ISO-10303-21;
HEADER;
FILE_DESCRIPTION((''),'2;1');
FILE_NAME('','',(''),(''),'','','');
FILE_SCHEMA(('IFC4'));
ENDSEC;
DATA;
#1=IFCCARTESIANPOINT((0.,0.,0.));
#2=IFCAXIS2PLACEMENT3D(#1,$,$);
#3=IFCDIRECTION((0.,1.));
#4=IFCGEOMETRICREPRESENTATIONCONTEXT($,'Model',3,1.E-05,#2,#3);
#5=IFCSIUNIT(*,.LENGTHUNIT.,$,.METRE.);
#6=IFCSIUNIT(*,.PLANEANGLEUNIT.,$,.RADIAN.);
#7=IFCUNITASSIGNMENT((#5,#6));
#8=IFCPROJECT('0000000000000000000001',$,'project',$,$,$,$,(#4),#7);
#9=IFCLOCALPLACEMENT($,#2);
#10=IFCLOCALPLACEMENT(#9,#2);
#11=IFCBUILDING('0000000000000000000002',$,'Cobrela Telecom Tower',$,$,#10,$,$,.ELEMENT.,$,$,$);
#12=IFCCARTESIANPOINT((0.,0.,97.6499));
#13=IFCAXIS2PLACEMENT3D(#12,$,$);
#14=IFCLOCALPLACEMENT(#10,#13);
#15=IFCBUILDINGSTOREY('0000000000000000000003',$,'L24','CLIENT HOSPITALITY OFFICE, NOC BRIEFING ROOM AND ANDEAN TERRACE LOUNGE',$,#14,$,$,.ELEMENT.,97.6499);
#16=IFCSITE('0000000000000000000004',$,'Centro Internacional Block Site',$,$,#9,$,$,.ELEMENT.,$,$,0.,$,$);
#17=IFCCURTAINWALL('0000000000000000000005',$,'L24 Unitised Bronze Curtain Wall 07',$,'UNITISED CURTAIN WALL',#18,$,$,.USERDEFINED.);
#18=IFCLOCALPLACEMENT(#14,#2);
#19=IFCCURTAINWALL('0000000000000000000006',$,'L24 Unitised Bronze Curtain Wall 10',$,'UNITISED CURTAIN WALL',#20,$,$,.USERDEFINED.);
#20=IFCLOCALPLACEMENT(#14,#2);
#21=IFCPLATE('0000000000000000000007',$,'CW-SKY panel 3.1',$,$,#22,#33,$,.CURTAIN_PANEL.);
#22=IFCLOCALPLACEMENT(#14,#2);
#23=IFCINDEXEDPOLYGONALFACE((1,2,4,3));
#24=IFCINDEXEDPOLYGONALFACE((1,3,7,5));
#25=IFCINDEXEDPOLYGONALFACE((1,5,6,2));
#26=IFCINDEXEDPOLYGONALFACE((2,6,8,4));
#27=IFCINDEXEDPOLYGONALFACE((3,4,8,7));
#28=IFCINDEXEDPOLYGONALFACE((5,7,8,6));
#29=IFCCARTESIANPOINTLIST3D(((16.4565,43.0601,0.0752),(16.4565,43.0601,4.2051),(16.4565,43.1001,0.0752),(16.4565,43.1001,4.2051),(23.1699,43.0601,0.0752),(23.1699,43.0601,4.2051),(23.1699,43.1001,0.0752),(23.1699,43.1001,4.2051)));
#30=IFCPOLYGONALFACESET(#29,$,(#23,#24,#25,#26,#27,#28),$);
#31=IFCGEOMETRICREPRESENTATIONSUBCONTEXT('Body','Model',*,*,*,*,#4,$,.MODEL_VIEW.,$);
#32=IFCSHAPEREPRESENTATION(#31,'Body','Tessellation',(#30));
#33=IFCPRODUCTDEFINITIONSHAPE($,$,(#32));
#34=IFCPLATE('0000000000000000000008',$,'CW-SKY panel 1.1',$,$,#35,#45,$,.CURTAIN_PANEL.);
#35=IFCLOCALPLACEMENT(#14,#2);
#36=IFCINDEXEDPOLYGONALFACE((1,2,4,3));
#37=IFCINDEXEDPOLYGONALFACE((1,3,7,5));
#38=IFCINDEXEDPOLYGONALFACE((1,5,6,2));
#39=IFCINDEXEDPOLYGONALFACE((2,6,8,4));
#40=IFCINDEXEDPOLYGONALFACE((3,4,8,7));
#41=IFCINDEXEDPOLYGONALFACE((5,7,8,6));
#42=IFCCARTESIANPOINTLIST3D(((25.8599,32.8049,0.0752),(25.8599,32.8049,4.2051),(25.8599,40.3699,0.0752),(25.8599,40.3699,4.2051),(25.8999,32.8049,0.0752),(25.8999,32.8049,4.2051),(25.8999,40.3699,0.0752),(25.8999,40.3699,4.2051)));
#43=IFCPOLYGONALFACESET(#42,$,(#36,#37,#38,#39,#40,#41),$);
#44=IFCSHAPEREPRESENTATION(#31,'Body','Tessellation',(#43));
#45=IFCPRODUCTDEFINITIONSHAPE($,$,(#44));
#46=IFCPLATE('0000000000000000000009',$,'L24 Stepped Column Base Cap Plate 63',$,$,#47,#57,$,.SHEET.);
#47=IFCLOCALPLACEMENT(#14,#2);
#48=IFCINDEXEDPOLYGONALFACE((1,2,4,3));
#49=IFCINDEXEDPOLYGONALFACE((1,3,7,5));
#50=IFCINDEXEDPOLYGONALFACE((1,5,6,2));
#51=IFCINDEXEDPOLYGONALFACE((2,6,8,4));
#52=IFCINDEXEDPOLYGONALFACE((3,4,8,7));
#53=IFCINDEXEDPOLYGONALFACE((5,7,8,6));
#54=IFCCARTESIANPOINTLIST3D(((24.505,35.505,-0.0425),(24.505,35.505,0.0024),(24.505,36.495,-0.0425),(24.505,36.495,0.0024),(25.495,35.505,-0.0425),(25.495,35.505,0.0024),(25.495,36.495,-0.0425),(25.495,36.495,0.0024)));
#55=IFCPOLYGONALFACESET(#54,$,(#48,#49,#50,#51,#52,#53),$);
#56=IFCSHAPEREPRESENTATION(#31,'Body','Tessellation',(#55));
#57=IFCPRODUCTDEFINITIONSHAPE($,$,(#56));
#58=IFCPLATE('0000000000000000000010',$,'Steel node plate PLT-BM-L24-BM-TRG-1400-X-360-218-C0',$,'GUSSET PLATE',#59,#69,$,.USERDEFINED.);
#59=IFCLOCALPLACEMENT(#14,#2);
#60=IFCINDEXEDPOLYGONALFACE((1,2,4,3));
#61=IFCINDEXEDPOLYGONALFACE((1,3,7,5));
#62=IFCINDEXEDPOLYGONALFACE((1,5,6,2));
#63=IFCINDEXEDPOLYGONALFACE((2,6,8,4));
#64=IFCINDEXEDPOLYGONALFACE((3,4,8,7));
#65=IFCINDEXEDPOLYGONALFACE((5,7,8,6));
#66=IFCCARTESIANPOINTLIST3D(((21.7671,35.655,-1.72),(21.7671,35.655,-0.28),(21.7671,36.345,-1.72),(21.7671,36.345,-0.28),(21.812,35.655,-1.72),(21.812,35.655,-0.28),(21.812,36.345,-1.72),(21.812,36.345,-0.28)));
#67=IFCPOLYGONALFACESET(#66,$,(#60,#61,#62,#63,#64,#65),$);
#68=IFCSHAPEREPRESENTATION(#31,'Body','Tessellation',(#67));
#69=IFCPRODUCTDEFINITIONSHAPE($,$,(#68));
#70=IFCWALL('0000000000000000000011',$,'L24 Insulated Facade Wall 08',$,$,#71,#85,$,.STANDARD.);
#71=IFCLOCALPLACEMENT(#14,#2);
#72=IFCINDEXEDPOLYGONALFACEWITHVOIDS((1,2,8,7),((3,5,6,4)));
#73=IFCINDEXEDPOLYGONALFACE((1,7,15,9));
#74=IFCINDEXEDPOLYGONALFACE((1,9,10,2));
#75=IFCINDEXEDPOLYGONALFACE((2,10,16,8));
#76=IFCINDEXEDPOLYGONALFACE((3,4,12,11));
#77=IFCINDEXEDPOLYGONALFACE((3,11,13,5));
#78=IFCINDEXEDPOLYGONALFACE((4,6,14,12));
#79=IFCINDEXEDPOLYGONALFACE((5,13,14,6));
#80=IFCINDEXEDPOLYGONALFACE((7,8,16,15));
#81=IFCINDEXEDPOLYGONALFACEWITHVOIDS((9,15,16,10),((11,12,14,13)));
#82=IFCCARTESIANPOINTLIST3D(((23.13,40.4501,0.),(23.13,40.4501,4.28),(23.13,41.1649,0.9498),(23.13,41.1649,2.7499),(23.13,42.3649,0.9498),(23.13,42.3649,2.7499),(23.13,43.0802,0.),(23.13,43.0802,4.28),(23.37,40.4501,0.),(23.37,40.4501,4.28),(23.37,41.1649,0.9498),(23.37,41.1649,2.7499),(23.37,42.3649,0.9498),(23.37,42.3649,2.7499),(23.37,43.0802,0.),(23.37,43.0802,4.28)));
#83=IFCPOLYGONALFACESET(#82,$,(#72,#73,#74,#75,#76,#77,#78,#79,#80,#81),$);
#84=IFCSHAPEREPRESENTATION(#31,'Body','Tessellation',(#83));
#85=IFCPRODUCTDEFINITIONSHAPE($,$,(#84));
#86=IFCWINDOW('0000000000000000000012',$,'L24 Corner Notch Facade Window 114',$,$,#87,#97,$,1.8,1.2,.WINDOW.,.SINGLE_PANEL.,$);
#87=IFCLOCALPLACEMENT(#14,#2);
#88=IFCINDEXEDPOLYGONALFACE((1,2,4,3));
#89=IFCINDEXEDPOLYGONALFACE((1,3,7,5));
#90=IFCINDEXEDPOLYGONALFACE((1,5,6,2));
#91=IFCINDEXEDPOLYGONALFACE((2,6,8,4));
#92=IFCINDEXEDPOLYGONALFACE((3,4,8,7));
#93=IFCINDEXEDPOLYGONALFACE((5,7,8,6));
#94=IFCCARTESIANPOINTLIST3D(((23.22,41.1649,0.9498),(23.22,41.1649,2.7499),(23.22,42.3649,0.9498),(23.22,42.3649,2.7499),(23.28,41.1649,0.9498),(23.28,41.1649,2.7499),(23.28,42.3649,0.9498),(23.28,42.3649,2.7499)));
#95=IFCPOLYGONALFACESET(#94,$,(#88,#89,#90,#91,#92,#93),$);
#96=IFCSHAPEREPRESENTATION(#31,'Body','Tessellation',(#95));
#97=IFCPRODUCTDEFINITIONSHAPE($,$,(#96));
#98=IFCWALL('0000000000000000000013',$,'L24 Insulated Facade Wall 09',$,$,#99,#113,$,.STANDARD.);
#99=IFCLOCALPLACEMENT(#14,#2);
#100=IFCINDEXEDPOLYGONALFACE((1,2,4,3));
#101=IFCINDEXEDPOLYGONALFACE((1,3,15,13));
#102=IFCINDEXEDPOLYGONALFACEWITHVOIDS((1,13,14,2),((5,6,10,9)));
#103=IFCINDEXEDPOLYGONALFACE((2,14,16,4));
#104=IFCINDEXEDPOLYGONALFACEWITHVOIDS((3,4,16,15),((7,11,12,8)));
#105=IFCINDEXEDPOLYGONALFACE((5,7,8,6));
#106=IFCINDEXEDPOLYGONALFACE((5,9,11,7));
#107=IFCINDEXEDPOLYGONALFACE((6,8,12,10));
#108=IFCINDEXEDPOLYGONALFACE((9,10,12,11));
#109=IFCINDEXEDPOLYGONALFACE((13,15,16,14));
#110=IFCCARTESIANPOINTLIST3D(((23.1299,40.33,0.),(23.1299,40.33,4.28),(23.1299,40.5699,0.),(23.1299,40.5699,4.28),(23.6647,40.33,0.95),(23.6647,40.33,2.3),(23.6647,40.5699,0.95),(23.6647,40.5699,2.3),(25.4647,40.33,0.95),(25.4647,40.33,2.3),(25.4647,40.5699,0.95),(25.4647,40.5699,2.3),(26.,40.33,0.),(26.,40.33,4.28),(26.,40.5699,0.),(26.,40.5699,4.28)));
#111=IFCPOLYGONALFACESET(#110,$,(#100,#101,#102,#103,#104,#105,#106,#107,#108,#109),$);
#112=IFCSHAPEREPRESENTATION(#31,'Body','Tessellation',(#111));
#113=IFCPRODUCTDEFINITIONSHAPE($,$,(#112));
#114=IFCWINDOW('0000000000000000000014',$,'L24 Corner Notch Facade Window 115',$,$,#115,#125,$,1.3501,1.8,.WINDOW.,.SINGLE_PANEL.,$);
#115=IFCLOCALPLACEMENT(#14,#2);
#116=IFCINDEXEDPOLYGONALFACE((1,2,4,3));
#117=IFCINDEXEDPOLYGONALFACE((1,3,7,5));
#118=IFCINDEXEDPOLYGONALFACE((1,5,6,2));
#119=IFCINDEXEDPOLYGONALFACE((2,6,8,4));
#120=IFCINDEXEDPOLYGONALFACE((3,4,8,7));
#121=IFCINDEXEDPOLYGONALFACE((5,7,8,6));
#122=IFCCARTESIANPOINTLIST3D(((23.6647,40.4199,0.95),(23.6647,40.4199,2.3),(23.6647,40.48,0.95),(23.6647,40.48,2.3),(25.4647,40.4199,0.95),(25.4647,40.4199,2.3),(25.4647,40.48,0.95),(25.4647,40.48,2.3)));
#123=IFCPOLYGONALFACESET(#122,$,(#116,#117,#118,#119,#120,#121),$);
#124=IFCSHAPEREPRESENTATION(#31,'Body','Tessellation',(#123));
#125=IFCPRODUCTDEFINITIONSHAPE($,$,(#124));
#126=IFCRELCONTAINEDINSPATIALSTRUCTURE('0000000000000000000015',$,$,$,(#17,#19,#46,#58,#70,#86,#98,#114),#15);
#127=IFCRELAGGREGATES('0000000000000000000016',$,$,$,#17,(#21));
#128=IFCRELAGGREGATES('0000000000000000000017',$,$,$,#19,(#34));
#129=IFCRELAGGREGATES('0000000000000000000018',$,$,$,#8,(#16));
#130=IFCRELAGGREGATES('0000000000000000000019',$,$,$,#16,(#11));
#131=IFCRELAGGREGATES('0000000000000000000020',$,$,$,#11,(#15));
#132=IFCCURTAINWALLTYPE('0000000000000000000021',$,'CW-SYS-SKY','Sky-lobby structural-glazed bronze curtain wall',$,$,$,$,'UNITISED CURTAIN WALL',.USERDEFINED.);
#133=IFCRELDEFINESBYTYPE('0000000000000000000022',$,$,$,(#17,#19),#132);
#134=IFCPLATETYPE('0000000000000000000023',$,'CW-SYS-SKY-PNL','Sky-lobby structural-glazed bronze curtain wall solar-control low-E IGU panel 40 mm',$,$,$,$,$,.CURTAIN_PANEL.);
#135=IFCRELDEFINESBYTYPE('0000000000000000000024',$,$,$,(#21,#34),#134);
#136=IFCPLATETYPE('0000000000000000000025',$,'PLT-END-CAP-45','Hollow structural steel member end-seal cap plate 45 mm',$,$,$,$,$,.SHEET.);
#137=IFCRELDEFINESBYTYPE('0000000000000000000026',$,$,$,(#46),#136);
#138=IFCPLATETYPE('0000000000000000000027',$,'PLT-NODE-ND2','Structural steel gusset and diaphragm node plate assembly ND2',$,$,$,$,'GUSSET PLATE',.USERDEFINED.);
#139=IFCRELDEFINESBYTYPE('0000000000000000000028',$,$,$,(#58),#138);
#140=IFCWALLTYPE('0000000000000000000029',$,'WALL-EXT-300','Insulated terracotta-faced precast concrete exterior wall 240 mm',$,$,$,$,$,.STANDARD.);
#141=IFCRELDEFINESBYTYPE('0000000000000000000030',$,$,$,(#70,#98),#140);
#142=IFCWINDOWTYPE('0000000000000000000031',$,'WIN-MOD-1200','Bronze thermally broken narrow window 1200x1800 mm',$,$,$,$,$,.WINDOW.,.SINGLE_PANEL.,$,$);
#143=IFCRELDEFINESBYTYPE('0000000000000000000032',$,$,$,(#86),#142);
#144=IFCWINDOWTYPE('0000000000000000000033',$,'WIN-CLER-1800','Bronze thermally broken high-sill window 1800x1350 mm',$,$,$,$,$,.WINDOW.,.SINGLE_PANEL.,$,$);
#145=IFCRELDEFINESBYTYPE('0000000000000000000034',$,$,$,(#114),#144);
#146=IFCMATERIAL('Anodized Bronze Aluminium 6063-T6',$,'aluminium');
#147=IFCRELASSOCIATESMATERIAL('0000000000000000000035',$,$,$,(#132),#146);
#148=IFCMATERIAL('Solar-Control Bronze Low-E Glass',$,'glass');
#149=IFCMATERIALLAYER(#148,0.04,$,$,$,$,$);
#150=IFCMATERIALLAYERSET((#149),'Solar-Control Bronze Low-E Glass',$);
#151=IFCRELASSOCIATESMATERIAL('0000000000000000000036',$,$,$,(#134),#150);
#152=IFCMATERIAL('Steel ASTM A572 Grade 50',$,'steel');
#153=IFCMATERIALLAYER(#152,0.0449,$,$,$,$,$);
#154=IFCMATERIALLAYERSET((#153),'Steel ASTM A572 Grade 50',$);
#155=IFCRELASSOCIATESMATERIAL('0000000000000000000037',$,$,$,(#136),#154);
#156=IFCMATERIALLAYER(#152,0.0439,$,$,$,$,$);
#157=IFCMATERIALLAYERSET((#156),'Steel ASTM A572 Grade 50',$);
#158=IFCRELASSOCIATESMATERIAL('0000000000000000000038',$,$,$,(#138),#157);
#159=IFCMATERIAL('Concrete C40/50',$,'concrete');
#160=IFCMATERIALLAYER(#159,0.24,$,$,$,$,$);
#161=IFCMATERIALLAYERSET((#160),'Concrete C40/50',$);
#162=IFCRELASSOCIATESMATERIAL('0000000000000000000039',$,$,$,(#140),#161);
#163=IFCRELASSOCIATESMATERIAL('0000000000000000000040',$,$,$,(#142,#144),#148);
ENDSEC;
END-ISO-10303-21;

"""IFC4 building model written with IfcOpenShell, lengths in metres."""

from ifc_helpers import new_model, si_unit, direction, frame, frame_2d, origin, origin_2d, place, context, subcontext, project, spatial, rectangle, extrude, material, layer, layer_set, type_object, element, fill, aggregate, save


model = new_model("IFC4")

# Units and contexts
model_context = context("Model", 3, precision=1e-05, world=origin(), true_north=direction((0.0, 1.0)))
body_context = subcontext(model_context, "Body", "Model", "MODEL_VIEW")
ifc_project = project(units=[si_unit("LENGTHUNIT", "METRE"), si_unit("PLANEANGLEUNIT", "RADIAN")], contexts=[model_context])

# Site, building, storey
site_placement = place(None, origin())
site = spatial("IfcSite", under=ifc_project, at=site_placement, Name="Centro Internacional Block Site", CompositionType="ELEMENT", RefElevation=0.0)
building_placement = place(site_placement, origin())
building = spatial("IfcBuilding", under=site, at=building_placement, Name="Cobrela Telecom Tower", CompositionType="ELEMENT")
storey_placement = place(building_placement, frame((0.0, 0.0, 97.6499)))
storey = spatial("IfcBuildingStorey", under=building, at=storey_placement, Name="L24", Description="CLIENT HOSPITALITY OFFICE, NOC BRIEFING ROOM AND ANDEAN TERRACE LOUNGE", CompositionType="ELEMENT", Elevation=97.6499)

# Shared definitions
ifc_material_1 = material(Name="Steel ASTM A572 Grade 50", Category="steel")

# Curtain wall
ifc_material_2 = material(Name="Anodized Bronze Aluminium 6063-T6", Category="aluminium")
curtain_wall_type = type_object("IfcCurtainWallType", Name="CW-SYS-SKY", Description="Sky-lobby structural-glazed bronze curtain wall", ElementType="UNITISED CURTAIN WALL", PredefinedType="USERDEFINED", material=ifc_material_2)
curtain_wall_1_placement = place(storey_placement, origin())
curtain_wall_1 = element("IfcCurtainWall", 1, at=curtain_wall_1_placement, inside=storey, type_object=curtain_wall_type, Name="L24 Unitised Bronze Curtain Wall 07", ObjectType="UNITISED CURTAIN WALL", PredefinedType="USERDEFINED")

# Curtain wall
curtain_wall_2_placement = place(storey_placement, origin())
curtain_wall_2 = element("IfcCurtainWall", 2, at=curtain_wall_2_placement, inside=storey, type_object=curtain_wall_type, Name="L24 Unitised Bronze Curtain Wall 10", ObjectType="UNITISED CURTAIN WALL", PredefinedType="USERDEFINED")

# Plates
ifc_material_3 = material(Name="Solar-Control Bronze Low-E Glass", Category="glass")
ifc_layer_1 = layer(ifc_material_3, 0.04)
ifc_layer_set_1 = layer_set([ifc_layer_1], Name="Solar-Control Bronze Low-E Glass")
plate_type_1 = type_object("IfcPlateType", Name="CW-SYS-SKY-PNL", Description="Sky-lobby structural-glazed bronze curtain wall solar-control low-E IGU panel 40 mm", PredefinedType="CURTAIN_PANEL", material=ifc_layer_set_1)
plate_1_placement = place(storey_placement, frame((19.8132, 43.0801, 0.0752), z_axis=(0.0, 0.0, 1.0), x_axis=(1.0, 0.0, 0.0)))
plate_1 = element("IfcPlate", 3, at=plate_1_placement, type_object=plate_type_1, Name="CW-SKY panel 3.1", PredefinedType="CURTAIN_PANEL", context=body_context, shape_type="SweptSolid", body=[
    extrude(rectangle(XDim=6.7134, YDim=0.04, at=origin_2d()), origin(), (0.0, 0.0, 1.0), 4.1299),
])
aggregate(curtain_wall_1, [plate_1])
plate_2_placement = place(storey_placement, frame((25.8799, 36.5874, 0.0752), z_axis=(0.0, 0.0, 1.0), x_axis=(0.0, -1.0, 0.0)))
plate_2 = element("IfcPlate", 4, at=plate_2_placement, type_object=plate_type_1, Name="CW-SKY panel 1.1", PredefinedType="CURTAIN_PANEL", context=body_context, shape_type="SweptSolid", body=[
    extrude(rectangle(XDim=7.5649, YDim=0.04, at=origin_2d()), origin(), (0.0, 0.0, 1.0), 4.1299),
])
aggregate(curtain_wall_2, [plate_2])

# Plates
ifc_layer_2 = layer(ifc_material_1, 0.0449)
ifc_layer_set_2 = layer_set([ifc_layer_2], Name="Steel ASTM A572 Grade 50")
plate_type_2 = type_object("IfcPlateType", Name="PLT-END-CAP-45", Description="Hollow structural steel member end-seal cap plate 45 mm", PredefinedType="SHEET", material=ifc_layer_set_2)
plate_3_placement = place(storey_placement, frame((25.0, 36.0, -0.0425), z_axis=(0.0, 0.0, 1.0), x_axis=(1.0, 0.0, 0.0)))
element("IfcPlate", 5, at=plate_3_placement, inside=storey, type_object=plate_type_2, Name="L24 Stepped Column Base Cap Plate 63", PredefinedType="SHEET", context=body_context, shape_type="SweptSolid", body=[
    extrude(rectangle(XDim=0.99, YDim=0.99, at=origin_2d()), origin(), (0.0, 0.0, 1.0), 0.0449),
])
ifc_layer_3 = layer(ifc_material_1, 0.0439)
ifc_layer_set_3 = layer_set([ifc_layer_3], Name="Steel ASTM A572 Grade 50")
plate_type_3 = type_object("IfcPlateType", Name="PLT-NODE-ND2", Description="Structural steel gusset and diaphragm node plate assembly ND2", ElementType="GUSSET PLATE", PredefinedType="USERDEFINED", material=ifc_layer_set_3)
plate_4_placement = place(storey_placement, frame((21.7896, 36.0, -1.72), z_axis=(0.0, 0.0, 1.0), x_axis=(1.0, 0.0, 0.0)))
element("IfcPlate", 6, at=plate_4_placement, inside=storey, type_object=plate_type_3, Name="Steel node plate PLT-BM-L24-BM-TRG-1400-X-360-218-C0", ObjectType="GUSSET PLATE", PredefinedType="USERDEFINED", context=body_context, shape_type="SweptSolid", body=[
    extrude(rectangle(XDim=0.0449, YDim=0.6899, at=origin_2d()), origin(), (0.0, 0.0, 1.0), 1.4399),
])

# Walls, openings, windows
ifc_material_4 = material(Name="Concrete C40/50", Category="concrete")
ifc_layer_4 = layer(ifc_material_4, 0.24)
ifc_layer_set_4 = layer_set([ifc_layer_4], Name="Concrete C40/50")
wall_type = type_object("IfcWallType", Name="WALL-EXT-300", Description="Insulated terracotta-faced precast concrete exterior wall 240 mm", PredefinedType="STANDARD", material=ifc_layer_set_4)
wall_1_placement = place(storey_placement, frame((23.25, 43.0801, 0.0), z_axis=(0.0, 0.0, 1.0), x_axis=(0.0, -1.0, 0.0)))
wall_1 = element("IfcWall", 7, at=wall_1_placement, inside=storey, type_object=wall_type, Name="L24 Insulated Facade Wall 08", PredefinedType="STANDARD", context=body_context, shape_type="SweptSolid", body=[
    extrude(rectangle(XDim=2.6301, YDim=0.24, at=frame_2d((1.3149, 0.0))), origin(), (0.0, 0.0, 1.0), 4.28),
])
opening_1_placement = place(wall_1_placement, frame((0.7151, 0.0, 0.95)))
opening_1 = element("IfcOpeningElement", 8, at=opening_1_placement, cuts=wall_1, PredefinedType="OPENING", context=body_context, shape_type="SweptSolid", body=[
    extrude(rectangle(XDim=1.2, YDim=1.8, at=frame_2d((0.6001, 0.8999))), frame((0.0, 0.1318, 0.0), z_axis=(0.0, -1.0, 0.0), x_axis=(1.0, 0.0, 0.0)), (0.0, 0.0, 1.0), 0.2639),
])
window_type_1 = type_object("IfcWindowType", Name="WIN-MOD-1200", Description="Bronze thermally broken narrow window 1200x1800 mm", PartitioningType="SINGLE_PANEL", PredefinedType="WINDOW", material=ifc_material_3)
window_1_placement = place(opening_1_placement, origin())
window_1 = element("IfcWindow", 9, at=window_1_placement, inside=storey, type_object=window_type_1, Name="L24 Corner Notch Facade Window 114", OverallHeight=1.8, OverallWidth=1.2, PartitioningType="SINGLE_PANEL", PredefinedType="WINDOW", context=body_context, shape_type="SweptSolid", body=[
    extrude(rectangle(XDim=1.2, YDim=1.8, at=frame_2d((0.6001, 0.8999))), frame((0.0, 0.03, 0.0), z_axis=(0.0, -1.0, 0.0), x_axis=(1.0, 0.0, 0.0)), (0.0, 0.0, 1.0), 0.0601),
])
fill(opening_1, window_1)
wall_2_placement = place(storey_placement, frame((23.1299, 40.45, 0.0), z_axis=(0.0, 0.0, 1.0), x_axis=(1.0, 0.0, 0.0)))
wall_2 = element("IfcWall", 10, at=wall_2_placement, inside=storey, type_object=wall_type, Name="L24 Insulated Facade Wall 09", PredefinedType="STANDARD", context=body_context, shape_type="SweptSolid", body=[
    extrude(rectangle(XDim=2.8701, YDim=0.24, at=frame_2d((1.4351, 0.0))), origin(), (0.0, 0.0, 1.0), 4.28),
])
opening_2_placement = place(wall_2_placement, frame((0.5349, 0.0, 0.95)))
opening_2 = element("IfcOpeningElement", 11, at=opening_2_placement, cuts=wall_2, PredefinedType="OPENING", context=body_context, shape_type="SweptSolid", body=[
    extrude(rectangle(XDim=1.8, YDim=1.3501, at=frame_2d((0.8999, 0.675))), frame((0.0, 0.1318, 0.0), z_axis=(0.0, -1.0, 0.0), x_axis=(1.0, 0.0, 0.0)), (0.0, 0.0, 1.0), 0.2639),
])
window_type_2 = type_object("IfcWindowType", Name="WIN-CLER-1800", Description="Bronze thermally broken high-sill window 1800x1350 mm", PartitioningType="SINGLE_PANEL", PredefinedType="WINDOW", material=ifc_material_3)
window_2_placement = place(opening_2_placement, origin())
window_2 = element("IfcWindow", 12, at=window_2_placement, inside=storey, type_object=window_type_2, Name="L24 Corner Notch Facade Window 115", OverallHeight=1.3501, OverallWidth=1.8, PartitioningType="SINGLE_PANEL", PredefinedType="WINDOW", context=body_context, shape_type="SweptSolid", body=[
    extrude(rectangle(XDim=1.8, YDim=1.3501, at=frame_2d((0.8999, 0.675))), frame((0.0, 0.03, 0.0), z_axis=(0.0, -1.0, 0.0), x_axis=(1.0, 0.0, 0.0)), (0.0, 0.0, 1.0), 0.0601),
])
fill(opening_2, window_2)

save(model, "model.ifc")
